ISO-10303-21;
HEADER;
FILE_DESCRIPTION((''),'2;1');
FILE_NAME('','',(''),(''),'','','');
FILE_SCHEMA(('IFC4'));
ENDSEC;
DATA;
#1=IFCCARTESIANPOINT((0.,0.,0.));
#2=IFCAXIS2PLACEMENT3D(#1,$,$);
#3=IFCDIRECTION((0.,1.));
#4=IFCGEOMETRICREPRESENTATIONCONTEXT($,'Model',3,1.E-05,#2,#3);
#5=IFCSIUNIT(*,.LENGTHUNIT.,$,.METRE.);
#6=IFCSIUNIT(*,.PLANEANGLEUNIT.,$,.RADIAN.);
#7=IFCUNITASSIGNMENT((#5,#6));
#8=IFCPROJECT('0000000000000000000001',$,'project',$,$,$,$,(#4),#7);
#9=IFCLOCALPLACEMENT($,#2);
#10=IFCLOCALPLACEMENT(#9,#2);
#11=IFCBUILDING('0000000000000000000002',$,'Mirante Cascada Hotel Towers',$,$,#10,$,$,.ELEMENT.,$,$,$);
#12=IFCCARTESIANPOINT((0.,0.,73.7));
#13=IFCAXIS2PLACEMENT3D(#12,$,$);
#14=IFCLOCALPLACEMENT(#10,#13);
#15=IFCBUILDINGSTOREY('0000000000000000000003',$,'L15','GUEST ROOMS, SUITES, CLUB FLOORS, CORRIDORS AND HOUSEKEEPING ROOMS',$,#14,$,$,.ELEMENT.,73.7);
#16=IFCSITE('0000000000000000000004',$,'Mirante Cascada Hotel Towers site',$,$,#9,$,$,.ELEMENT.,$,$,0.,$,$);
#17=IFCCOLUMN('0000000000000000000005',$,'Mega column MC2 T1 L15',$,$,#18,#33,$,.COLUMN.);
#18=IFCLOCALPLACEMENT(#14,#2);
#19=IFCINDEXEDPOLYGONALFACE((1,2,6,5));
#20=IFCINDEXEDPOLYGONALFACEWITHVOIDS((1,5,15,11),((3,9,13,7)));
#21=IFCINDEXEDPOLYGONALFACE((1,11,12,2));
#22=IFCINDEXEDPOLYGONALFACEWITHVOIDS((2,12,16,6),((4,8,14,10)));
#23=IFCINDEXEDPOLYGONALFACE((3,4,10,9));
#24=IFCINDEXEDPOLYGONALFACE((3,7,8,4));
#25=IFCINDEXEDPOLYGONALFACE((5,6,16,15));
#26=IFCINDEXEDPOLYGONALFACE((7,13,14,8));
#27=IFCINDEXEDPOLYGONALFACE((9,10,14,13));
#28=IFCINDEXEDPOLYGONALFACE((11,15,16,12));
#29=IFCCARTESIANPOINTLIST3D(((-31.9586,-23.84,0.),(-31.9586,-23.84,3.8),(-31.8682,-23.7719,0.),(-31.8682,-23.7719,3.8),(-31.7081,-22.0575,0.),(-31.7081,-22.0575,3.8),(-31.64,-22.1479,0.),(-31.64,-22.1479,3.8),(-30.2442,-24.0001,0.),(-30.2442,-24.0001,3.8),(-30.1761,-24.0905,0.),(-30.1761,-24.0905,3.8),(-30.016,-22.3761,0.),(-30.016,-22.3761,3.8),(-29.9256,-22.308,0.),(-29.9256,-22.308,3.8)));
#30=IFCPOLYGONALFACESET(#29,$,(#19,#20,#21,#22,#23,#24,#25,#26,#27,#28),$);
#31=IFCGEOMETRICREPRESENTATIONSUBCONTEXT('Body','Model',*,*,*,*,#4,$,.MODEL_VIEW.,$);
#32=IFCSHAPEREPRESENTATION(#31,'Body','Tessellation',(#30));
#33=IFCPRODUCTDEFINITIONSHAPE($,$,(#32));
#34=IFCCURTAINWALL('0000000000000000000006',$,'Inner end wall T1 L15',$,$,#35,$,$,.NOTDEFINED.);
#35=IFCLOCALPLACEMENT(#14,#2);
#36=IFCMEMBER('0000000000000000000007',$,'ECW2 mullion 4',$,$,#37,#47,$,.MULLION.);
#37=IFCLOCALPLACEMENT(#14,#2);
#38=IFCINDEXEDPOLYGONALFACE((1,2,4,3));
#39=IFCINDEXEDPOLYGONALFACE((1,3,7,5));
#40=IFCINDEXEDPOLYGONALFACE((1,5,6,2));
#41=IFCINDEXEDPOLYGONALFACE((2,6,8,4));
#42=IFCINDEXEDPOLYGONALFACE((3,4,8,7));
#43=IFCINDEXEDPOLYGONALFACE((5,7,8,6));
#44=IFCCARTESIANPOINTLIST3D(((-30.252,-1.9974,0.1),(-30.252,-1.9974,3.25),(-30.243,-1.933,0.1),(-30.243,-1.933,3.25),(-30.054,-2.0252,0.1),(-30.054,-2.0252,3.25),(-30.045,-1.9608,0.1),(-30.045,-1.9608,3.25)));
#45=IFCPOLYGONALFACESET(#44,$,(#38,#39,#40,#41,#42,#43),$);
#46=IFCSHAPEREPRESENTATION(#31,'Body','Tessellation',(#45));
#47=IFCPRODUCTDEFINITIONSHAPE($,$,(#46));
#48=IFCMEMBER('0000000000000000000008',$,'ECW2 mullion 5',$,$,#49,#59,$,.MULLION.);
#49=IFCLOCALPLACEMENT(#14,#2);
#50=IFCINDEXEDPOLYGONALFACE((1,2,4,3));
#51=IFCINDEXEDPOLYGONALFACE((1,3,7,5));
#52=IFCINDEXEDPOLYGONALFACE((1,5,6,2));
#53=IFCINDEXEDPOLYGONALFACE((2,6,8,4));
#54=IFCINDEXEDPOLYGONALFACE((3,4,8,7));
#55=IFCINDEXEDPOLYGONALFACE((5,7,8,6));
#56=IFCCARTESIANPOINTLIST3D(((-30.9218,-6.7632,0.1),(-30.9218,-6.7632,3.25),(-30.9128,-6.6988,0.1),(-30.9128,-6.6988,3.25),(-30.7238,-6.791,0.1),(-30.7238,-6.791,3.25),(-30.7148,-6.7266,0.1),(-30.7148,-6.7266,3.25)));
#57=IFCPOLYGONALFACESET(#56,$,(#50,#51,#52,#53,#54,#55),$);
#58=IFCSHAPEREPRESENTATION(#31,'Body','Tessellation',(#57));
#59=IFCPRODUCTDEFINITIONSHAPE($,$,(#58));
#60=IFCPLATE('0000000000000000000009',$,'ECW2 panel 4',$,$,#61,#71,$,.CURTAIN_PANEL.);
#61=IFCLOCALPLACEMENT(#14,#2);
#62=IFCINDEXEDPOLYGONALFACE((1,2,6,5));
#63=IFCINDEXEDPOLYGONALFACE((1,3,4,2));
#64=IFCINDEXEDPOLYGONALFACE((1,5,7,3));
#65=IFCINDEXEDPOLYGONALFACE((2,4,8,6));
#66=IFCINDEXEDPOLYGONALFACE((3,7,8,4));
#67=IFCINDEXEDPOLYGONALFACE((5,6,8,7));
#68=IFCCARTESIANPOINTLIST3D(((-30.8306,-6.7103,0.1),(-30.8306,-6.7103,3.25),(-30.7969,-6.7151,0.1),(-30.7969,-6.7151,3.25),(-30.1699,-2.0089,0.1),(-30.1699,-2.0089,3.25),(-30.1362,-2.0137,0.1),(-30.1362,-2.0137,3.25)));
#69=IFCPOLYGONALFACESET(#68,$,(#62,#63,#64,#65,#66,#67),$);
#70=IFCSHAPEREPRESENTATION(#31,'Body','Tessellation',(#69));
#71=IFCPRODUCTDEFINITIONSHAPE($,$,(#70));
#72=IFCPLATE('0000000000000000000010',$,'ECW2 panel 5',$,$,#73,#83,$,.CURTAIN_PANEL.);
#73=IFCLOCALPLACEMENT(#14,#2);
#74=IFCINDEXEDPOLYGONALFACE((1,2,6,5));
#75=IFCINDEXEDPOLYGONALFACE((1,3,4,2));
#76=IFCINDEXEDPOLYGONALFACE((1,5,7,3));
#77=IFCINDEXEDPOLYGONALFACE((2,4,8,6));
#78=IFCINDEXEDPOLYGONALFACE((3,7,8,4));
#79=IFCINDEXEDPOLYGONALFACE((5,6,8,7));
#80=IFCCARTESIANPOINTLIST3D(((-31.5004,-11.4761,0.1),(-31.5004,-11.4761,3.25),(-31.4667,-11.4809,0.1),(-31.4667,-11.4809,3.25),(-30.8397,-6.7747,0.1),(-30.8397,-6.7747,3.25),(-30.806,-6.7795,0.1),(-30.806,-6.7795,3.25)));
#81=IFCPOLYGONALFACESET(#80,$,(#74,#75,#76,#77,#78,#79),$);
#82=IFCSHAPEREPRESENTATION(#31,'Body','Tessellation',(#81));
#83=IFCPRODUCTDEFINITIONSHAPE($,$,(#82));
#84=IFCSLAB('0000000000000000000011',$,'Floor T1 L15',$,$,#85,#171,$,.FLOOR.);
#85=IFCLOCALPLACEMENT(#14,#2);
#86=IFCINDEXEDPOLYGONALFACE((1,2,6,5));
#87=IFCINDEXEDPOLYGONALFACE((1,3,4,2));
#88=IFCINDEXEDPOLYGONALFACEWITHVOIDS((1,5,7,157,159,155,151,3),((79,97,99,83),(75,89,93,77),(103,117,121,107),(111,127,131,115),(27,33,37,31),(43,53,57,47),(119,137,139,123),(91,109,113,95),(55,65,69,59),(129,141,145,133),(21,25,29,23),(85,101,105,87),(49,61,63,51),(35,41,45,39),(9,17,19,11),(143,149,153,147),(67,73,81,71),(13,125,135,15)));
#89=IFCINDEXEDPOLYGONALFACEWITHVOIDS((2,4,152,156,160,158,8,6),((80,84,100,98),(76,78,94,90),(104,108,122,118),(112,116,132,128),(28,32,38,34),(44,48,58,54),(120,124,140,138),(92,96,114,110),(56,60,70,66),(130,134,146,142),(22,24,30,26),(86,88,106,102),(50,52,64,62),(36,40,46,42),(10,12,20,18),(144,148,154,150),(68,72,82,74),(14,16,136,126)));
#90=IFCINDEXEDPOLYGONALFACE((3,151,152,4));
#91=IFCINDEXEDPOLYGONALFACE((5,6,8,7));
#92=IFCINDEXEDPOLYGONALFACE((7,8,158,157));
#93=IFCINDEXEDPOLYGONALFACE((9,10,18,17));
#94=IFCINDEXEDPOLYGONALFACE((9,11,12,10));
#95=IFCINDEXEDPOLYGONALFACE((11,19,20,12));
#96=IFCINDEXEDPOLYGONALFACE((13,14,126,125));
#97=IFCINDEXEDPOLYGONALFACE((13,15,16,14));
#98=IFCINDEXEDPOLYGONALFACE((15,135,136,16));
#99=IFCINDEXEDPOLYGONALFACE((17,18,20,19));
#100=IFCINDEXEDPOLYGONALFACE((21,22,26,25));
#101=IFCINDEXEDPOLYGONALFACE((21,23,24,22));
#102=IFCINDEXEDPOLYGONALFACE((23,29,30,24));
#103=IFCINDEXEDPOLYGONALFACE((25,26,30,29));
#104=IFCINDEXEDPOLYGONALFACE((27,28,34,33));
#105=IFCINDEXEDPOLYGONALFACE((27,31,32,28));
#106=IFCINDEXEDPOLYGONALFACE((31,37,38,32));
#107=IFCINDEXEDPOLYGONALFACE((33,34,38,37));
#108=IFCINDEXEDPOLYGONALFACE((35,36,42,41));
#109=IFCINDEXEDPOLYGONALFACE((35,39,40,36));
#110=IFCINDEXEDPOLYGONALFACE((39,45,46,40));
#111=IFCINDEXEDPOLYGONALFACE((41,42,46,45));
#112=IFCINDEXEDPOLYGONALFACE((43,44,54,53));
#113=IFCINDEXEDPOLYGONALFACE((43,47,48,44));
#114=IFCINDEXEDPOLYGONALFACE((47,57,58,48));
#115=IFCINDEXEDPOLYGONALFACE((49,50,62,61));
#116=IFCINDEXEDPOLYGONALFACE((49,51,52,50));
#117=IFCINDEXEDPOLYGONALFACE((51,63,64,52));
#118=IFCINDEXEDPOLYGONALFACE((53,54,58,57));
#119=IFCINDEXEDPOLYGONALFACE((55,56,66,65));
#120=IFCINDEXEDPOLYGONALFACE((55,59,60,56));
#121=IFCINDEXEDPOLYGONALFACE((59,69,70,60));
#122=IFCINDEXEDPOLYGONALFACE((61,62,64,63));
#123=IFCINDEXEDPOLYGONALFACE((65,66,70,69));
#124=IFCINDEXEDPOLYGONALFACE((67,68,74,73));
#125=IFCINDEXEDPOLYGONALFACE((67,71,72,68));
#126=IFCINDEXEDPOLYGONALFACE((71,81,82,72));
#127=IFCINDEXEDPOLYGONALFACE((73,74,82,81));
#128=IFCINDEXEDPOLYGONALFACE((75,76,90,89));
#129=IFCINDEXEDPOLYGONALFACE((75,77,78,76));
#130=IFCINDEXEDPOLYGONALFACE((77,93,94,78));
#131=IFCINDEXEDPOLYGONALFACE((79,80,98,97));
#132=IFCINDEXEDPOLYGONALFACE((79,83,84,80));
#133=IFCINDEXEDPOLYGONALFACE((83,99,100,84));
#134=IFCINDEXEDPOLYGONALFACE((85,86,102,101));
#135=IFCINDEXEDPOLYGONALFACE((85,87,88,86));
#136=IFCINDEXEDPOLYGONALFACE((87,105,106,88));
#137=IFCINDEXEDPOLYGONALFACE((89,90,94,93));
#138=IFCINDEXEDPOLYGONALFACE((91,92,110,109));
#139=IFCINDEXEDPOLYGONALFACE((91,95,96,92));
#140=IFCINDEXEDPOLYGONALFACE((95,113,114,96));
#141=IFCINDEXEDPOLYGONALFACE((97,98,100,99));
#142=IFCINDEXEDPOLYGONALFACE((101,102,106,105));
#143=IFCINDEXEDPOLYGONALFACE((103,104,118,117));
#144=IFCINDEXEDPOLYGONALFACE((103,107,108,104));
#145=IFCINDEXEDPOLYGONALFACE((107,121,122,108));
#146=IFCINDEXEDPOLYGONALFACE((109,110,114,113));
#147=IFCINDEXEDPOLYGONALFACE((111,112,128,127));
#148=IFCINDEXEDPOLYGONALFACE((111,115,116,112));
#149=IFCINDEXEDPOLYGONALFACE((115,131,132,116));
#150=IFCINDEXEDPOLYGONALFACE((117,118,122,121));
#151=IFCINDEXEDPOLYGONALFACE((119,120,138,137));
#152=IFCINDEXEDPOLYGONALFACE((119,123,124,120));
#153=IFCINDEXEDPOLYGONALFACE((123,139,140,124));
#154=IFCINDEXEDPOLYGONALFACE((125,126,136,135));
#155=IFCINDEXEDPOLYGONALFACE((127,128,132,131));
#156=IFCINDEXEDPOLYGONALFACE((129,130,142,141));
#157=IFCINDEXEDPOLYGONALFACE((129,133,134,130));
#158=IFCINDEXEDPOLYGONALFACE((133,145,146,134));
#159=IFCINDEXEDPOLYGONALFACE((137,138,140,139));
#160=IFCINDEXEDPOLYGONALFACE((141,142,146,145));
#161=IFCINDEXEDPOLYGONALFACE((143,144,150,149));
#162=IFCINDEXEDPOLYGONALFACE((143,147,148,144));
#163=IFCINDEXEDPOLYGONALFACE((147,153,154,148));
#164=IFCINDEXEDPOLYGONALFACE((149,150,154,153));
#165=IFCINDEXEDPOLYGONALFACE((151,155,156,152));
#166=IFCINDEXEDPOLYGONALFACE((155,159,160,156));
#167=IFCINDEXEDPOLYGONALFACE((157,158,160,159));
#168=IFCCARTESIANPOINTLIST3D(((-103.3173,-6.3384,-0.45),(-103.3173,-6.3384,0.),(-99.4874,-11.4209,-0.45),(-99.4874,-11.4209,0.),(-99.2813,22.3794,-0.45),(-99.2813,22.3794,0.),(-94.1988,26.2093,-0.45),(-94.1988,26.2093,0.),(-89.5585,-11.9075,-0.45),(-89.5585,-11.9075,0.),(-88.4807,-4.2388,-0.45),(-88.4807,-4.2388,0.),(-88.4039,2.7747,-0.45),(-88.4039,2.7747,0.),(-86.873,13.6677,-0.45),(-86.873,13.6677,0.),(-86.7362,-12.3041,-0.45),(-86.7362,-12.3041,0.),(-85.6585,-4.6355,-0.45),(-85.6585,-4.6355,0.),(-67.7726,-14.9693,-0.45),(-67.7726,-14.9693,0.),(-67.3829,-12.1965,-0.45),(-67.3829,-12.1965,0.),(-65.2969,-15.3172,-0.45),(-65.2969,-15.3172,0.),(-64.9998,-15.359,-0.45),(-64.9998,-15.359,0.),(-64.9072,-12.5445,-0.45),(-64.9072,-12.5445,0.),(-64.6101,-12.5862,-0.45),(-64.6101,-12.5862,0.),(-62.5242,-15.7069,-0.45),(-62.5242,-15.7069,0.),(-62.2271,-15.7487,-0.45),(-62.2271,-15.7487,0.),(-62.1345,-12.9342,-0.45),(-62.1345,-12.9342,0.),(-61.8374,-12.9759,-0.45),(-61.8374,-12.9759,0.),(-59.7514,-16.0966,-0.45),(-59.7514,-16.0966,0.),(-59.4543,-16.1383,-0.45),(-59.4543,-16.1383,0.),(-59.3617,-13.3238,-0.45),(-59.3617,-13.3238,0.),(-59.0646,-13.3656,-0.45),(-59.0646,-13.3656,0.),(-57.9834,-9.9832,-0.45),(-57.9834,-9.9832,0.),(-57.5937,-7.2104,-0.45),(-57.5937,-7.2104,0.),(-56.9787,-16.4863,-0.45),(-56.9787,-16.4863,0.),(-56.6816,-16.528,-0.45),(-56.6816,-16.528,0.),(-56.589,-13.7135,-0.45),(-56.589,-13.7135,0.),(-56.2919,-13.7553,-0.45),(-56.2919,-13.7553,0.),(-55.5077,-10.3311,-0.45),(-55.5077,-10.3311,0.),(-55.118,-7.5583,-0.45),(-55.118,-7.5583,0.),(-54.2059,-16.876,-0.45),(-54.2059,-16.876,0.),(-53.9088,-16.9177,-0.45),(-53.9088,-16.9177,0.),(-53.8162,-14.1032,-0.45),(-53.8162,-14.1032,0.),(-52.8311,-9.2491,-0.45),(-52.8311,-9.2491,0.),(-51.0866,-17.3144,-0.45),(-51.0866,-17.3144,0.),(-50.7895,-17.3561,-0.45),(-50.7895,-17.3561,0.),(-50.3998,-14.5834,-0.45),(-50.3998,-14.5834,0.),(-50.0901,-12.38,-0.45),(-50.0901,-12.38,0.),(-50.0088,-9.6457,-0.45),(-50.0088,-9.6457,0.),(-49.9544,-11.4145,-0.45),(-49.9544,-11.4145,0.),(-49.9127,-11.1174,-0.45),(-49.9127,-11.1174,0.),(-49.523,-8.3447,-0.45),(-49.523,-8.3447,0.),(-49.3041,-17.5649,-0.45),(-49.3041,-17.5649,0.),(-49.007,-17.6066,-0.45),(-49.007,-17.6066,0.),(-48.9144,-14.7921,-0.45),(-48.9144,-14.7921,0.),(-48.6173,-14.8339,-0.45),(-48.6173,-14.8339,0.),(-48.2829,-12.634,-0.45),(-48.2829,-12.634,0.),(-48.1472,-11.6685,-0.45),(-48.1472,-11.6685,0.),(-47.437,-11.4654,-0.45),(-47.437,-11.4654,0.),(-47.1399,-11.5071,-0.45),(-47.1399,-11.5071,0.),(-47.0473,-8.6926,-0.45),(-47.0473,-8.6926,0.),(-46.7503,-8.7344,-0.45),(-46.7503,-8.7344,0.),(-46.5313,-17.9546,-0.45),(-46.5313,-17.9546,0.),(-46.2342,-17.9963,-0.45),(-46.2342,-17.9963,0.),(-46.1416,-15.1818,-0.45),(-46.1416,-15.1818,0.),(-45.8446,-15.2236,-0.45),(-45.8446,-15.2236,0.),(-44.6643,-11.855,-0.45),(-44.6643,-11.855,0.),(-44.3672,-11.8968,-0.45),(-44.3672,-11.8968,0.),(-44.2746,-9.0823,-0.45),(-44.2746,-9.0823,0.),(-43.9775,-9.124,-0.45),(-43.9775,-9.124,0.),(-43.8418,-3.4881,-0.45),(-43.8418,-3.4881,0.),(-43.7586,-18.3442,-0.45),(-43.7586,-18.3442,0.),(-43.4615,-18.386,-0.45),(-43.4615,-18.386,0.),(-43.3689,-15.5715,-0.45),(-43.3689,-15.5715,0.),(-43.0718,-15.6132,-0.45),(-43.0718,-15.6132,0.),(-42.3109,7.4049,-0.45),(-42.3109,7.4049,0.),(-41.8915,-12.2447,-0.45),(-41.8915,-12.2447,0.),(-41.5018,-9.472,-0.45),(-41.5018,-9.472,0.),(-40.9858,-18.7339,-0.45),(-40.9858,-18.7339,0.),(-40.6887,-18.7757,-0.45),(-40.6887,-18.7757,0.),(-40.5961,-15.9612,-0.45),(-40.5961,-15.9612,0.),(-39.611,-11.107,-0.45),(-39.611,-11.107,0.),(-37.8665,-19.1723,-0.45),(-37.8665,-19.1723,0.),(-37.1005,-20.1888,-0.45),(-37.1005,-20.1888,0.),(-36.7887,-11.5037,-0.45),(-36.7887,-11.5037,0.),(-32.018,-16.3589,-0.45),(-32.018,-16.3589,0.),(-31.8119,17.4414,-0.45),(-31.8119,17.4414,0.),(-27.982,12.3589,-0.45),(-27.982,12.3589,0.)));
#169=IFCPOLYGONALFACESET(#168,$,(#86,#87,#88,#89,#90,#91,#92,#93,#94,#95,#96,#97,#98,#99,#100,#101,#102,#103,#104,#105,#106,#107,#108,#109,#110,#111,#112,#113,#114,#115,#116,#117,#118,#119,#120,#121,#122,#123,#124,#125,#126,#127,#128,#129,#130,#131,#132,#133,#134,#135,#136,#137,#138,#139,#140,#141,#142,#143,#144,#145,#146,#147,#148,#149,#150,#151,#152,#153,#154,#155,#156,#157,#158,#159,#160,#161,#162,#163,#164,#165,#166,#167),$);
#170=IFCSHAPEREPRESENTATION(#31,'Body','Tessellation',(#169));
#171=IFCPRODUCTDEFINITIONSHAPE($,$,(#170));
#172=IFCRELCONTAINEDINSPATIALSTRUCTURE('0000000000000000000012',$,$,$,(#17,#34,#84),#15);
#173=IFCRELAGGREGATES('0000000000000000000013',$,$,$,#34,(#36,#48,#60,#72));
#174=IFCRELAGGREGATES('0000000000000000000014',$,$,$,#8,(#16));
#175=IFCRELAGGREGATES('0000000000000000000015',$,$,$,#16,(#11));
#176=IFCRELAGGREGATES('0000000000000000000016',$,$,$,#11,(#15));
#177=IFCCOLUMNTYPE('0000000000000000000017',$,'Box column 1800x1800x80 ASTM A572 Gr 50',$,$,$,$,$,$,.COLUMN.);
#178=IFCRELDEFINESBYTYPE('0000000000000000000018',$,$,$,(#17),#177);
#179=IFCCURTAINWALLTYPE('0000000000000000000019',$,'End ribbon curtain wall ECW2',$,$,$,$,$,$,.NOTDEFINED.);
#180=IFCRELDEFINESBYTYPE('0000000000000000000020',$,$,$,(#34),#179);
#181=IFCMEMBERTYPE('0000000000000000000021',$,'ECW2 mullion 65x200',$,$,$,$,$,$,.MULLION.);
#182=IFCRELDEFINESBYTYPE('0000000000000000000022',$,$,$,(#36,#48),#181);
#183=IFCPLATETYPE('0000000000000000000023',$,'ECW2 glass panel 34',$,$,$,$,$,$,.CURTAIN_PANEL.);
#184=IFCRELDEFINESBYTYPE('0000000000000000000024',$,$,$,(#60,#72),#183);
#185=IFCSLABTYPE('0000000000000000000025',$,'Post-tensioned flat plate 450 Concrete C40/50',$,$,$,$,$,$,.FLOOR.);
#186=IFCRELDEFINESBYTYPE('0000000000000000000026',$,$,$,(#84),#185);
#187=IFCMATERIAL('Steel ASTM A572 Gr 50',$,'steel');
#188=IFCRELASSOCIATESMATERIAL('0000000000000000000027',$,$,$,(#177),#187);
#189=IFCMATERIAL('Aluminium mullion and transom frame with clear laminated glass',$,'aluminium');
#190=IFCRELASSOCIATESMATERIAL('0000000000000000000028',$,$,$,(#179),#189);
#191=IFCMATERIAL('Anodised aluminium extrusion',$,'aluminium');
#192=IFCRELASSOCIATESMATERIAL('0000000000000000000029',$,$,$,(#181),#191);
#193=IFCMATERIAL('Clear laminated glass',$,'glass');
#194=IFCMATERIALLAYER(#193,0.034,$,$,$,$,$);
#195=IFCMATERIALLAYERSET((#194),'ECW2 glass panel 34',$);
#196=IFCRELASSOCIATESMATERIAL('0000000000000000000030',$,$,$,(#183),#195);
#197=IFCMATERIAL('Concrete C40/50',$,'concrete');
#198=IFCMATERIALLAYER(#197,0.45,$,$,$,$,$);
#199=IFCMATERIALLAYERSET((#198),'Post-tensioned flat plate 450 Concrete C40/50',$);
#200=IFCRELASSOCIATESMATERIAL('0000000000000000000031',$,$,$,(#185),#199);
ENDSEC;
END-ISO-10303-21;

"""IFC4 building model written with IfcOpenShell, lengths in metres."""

from ifc_helpers import new_model, si_unit, direction, frame, origin, origin_2d, place, context, subcontext, project, spatial, polyline, rectangle, hollow_rectangle, outline, extrude, material, layer, layer_set, material_profile, profile_set, type_object, element, aggregate, save


model = new_model("IFC4")

# Units and contexts
model_context = context("Model", 3, precision=1e-05, world=origin(), true_north=direction((0.0, 1.0)))
body_context = subcontext(model_context, "Body", "Model", "MODEL_VIEW")
ifc_project = project(units=[si_unit("LENGTHUNIT", "METRE"), si_unit("PLANEANGLEUNIT", "RADIAN")], contexts=[model_context])

# Site, building, storey
site_placement = place(None, origin())
site = spatial("IfcSite", under=ifc_project, at=site_placement, Name="Mirante Cascada Hotel Towers site", CompositionType="ELEMENT", RefElevation=0.0)
building_placement = place(site_placement, origin())
building = spatial("IfcBuilding", under=site, at=building_placement, Name="Mirante Cascada Hotel Towers", CompositionType="ELEMENT")
storey_placement = place(building_placement, frame((0.0, 0.0, 73.7)))
storey = spatial("IfcBuildingStorey", under=building, at=storey_placement, Name="L15", Description="GUEST ROOMS, SUITES, CLUB FLOORS, CORRIDORS AND HOUSEKEEPING ROOMS", CompositionType="ELEMENT", Elevation=73.7)

# Column
ifc_material_1 = material(Name="Steel ASTM A572 Gr 50", Category="steel")
ifc_material_profile_1 = material_profile(ifc_material_1, hollow_rectangle(XDim=1.8, YDim=1.8, WallThickness=0.08, at=origin_2d()), Name="Box column 1800x1800x80 ASTM A572 Gr 50")
ifc_profile_set_1 = profile_set([ifc_material_profile_1], Name="Steel ASTM A572 Gr 50")
column_type = type_object("IfcColumnType", Name="Box column 1800x1800x80 ASTM A572 Gr 50", PredefinedType="COLUMN", material=ifc_profile_set_1)
column_placement = place(storey_placement, frame((-30.9421, -23.074, 0.0), z_axis=(0.0, 0.0, 1.0), x_axis=(-0.990268, 0.139173, 0.0)))
element("IfcColumn", 1, at=column_placement, inside=storey, type_object=column_type, Name="Mega column MC2 T1 L15", PredefinedType="COLUMN", context=body_context, shape_type="SweptSolid", body=[
    extrude(hollow_rectangle(XDim=1.8, YDim=1.8, WallThickness=0.08, at=origin_2d()), origin(), (0.0, 0.0, 1.0), 3.8),
])

# Curtain wall, members, plates
ifc_material_2 = material(Name="Aluminium mullion and transom frame with clear laminated glass", Category="aluminium")
curtain_wall_type = type_object("IfcCurtainWallType", Name="End ribbon curtain wall ECW2", PredefinedType="NOTDEFINED", material=ifc_material_2)
curtain_wall_placement = place(storey_placement, origin())
curtain_wall = element("IfcCurtainWall", 2, at=curtain_wall_placement, inside=storey, type_object=curtain_wall_type, Name="Inner end wall T1 L15", PredefinedType="NOTDEFINED")
ifc_material_3 = material(Name="Anodised aluminium extrusion", Category="aluminium")
ifc_material_profile_2 = material_profile(ifc_material_3, rectangle(XDim=0.2, YDim=0.065, at=origin_2d()), Name="ECW2 MULLION 65x200")
ifc_profile_set_2 = profile_set([ifc_material_profile_2], Name="Anodised aluminium extrusion")
member_type = type_object("IfcMemberType", Name="ECW2 mullion 65x200", PredefinedType="MULLION", material=ifc_profile_set_2)
member_1_placement = place(storey_placement, frame((-30.1485, -1.9791, 0.1), z_axis=(0.0, 0.0, 1.0), x_axis=(0.990268, -0.139173, 0.0)))
member_1 = element("IfcMember", 3, at=member_1_placement, type_object=member_type, Name="ECW2 mullion 4", PredefinedType="MULLION", context=body_context, shape_type="SweptSolid", body=[
    extrude(rectangle(XDim=0.2, YDim=0.065, at=origin_2d()), origin(), (0.0, 0.0, 1.0), 3.15),
])
member_2_placement = place(storey_placement, frame((-30.8183, -6.7449, 0.1), z_axis=(0.0, 0.0, 1.0), x_axis=(0.990268, -0.139173, 0.0)))
member_2 = element("IfcMember", 4, at=member_2_placement, type_object=member_type, Name="ECW2 mullion 5", PredefinedType="MULLION", context=body_context, shape_type="SweptSolid", body=[
    extrude(rectangle(XDim=0.2, YDim=0.065, at=origin_2d()), origin(), (0.0, 0.0, 1.0), 3.15),
])
ifc_material_4 = material(Name="Clear laminated glass", Category="glass")
ifc_layer_1 = layer(ifc_material_4, 0.034)
ifc_layer_set_1 = layer_set([ifc_layer_1], Name="ECW2 glass panel 34")
plate_type = type_object("IfcPlateType", Name="ECW2 glass panel 34", PredefinedType="CURTAIN_PANEL", material=ifc_layer_set_1)
plate_1_placement = place(storey_placement, frame((-30.4834, -4.362, 0.1), z_axis=(0.0, 0.0, 1.0), x_axis=(-0.139173, -0.990268, 0.0)))
plate_1 = element("IfcPlate", 5, at=plate_1_placement, type_object=plate_type, Name="ECW2 panel 4", PredefinedType="CURTAIN_PANEL", context=body_context, shape_type="SweptSolid", body=[
    extrude(rectangle(XDim=4.7476, YDim=0.034, at=origin_2d()), origin(), (0.0, 0.0, 1.0), 3.15),
])
plate_2_placement = place(storey_placement, frame((-31.1532, -9.1278, 0.1), z_axis=(0.0, 0.0, 1.0), x_axis=(-0.139173, -0.990268, 0.0)))
plate_2 = element("IfcPlate", 6, at=plate_2_placement, type_object=plate_type, Name="ECW2 panel 5", PredefinedType="CURTAIN_PANEL", context=body_context, shape_type="SweptSolid", body=[
    extrude(rectangle(XDim=4.7476, YDim=0.034, at=origin_2d()), origin(), (0.0, 0.0, 1.0), 3.15),
])
aggregate(curtain_wall, [member_1, member_2, plate_1, plate_2])

# Slab
ifc_material_5 = material(Name="Concrete C40/50", Category="concrete")
ifc_layer_2 = layer(ifc_material_5, 0.45)
ifc_layer_set_2 = layer_set([ifc_layer_2], Name="Post-tensioned flat plate 450 Concrete C40/50")
slab_type = type_object("IfcSlabType", Name="Post-tensioned flat plate 450 Concrete C40/50", PredefinedType="FLOOR", material=ifc_layer_set_2)
slab_1_placement = place(storey_placement, frame((0.0, 0.0, -0.45)))
element("IfcSlab", 7, at=slab_1_placement, inside=storey, type_object=slab_type, Name="Floor T1 L15", PredefinedType="FLOOR", context=body_context, shape_type="SweptSolid", body=[
    extrude(outline(polyline([(-32.018, -16.3589), (-27.982, 12.3589), (-31.8119, 17.4414), (-94.1988, 26.2093), (-99.2813, 22.3794), (-103.3173, -6.3384), (-99.4874, -11.4209), (-37.1005, -20.1888), (-32.018, -16.3589)]), holes=[polyline([(-43.0718, -15.6132), (-40.5961, -15.9612), (-40.9858, -18.7339), (-43.4615, -18.386), (-43.0718, -15.6132)]), polyline([(-45.8446, -15.2236), (-43.3689, -15.5715), (-43.7586, -18.3442), (-46.2342, -17.9963), (-45.8446, -15.2236)]), polyline([(-48.6173, -14.8339), (-46.1416, -15.1818), (-46.5313, -17.9546), (-49.007, -17.6066), (-48.6173, -14.8339)]), polyline([(-50.3998, -14.5834), (-48.9144, -14.7921), (-49.3041, -17.5649), (-50.7895, -17.3561), (-50.3998, -14.5834)]), polyline([(-36.7887, -11.5037), (-37.8665, -19.1723), (-40.6887, -18.7757), (-39.611, -11.107), (-36.7887, -11.5037)]), polyline([(-49.9544, -11.4145), (-48.1472, -11.6685), (-48.2829, -12.634), (-50.0901, -12.38), (-49.9544, -11.4145)]), polyline([(-43.9775, -9.124), (-41.5018, -9.472), (-41.8915, -12.2447), (-44.3672, -11.8968), (-43.9775, -9.124)]), polyline([(-47.1399, -11.5071), (-46.7503, -8.7344), (-44.2746, -9.0823), (-44.6643, -11.855), (-47.1399, -11.5071)]), polyline([(-49.9127, -11.1174), (-49.523, -8.3447), (-47.0473, -8.6926), (-47.437, -11.4654), (-49.9127, -11.1174)]), polyline([(-56.2919, -13.7553), (-53.8162, -14.1032), (-54.2059, -16.876), (-56.6816, -16.528), (-56.2919, -13.7553)]), polyline([(-59.0646, -13.3656), (-56.589, -13.7135), (-56.9787, -16.4863), (-59.4543, -16.1383), (-59.0646, -13.3656)]), polyline([(-61.8374, -12.9759), (-59.3617, -13.3238), (-59.7514, -16.0966), (-62.2271, -15.7487), (-61.8374, -12.9759)]), polyline([(-64.6101, -12.5862), (-62.1345, -12.9342), (-62.5242, -15.7069), (-64.9998, -15.359), (-64.6101, -12.5862)]), polyline([(-67.3829, -12.1965), (-64.9072, -12.5445), (-65.2969, -15.3172), (-67.7726, -14.9693), (-67.3829, -12.1965)]), polyline([(-50.0088, -9.6457), (-51.0866, -17.3144), (-53.9088, -16.9177), (-52.8311, -9.2491), (-50.0088, -9.6457)]), polyline([(-85.6585, -4.6355), (-86.7362, -12.3041), (-89.5585, -11.9075), (-88.4807, -4.2388), (-85.6585, -4.6355)]), polyline([(-57.9834, -9.9832), (-57.5937, -7.2104), (-55.118, -7.5583), (-55.5077, -10.3311), (-57.9834, -9.9832)]), polyline([(-88.4039, 2.7747), (-86.873, 13.6677), (-42.3109, 7.4049), (-43.8418, -3.4881), (-88.4039, 2.7747)])]), origin(), (0.0, 0.0, 1.0), 0.45),
])

save(model, "model.ifc")
